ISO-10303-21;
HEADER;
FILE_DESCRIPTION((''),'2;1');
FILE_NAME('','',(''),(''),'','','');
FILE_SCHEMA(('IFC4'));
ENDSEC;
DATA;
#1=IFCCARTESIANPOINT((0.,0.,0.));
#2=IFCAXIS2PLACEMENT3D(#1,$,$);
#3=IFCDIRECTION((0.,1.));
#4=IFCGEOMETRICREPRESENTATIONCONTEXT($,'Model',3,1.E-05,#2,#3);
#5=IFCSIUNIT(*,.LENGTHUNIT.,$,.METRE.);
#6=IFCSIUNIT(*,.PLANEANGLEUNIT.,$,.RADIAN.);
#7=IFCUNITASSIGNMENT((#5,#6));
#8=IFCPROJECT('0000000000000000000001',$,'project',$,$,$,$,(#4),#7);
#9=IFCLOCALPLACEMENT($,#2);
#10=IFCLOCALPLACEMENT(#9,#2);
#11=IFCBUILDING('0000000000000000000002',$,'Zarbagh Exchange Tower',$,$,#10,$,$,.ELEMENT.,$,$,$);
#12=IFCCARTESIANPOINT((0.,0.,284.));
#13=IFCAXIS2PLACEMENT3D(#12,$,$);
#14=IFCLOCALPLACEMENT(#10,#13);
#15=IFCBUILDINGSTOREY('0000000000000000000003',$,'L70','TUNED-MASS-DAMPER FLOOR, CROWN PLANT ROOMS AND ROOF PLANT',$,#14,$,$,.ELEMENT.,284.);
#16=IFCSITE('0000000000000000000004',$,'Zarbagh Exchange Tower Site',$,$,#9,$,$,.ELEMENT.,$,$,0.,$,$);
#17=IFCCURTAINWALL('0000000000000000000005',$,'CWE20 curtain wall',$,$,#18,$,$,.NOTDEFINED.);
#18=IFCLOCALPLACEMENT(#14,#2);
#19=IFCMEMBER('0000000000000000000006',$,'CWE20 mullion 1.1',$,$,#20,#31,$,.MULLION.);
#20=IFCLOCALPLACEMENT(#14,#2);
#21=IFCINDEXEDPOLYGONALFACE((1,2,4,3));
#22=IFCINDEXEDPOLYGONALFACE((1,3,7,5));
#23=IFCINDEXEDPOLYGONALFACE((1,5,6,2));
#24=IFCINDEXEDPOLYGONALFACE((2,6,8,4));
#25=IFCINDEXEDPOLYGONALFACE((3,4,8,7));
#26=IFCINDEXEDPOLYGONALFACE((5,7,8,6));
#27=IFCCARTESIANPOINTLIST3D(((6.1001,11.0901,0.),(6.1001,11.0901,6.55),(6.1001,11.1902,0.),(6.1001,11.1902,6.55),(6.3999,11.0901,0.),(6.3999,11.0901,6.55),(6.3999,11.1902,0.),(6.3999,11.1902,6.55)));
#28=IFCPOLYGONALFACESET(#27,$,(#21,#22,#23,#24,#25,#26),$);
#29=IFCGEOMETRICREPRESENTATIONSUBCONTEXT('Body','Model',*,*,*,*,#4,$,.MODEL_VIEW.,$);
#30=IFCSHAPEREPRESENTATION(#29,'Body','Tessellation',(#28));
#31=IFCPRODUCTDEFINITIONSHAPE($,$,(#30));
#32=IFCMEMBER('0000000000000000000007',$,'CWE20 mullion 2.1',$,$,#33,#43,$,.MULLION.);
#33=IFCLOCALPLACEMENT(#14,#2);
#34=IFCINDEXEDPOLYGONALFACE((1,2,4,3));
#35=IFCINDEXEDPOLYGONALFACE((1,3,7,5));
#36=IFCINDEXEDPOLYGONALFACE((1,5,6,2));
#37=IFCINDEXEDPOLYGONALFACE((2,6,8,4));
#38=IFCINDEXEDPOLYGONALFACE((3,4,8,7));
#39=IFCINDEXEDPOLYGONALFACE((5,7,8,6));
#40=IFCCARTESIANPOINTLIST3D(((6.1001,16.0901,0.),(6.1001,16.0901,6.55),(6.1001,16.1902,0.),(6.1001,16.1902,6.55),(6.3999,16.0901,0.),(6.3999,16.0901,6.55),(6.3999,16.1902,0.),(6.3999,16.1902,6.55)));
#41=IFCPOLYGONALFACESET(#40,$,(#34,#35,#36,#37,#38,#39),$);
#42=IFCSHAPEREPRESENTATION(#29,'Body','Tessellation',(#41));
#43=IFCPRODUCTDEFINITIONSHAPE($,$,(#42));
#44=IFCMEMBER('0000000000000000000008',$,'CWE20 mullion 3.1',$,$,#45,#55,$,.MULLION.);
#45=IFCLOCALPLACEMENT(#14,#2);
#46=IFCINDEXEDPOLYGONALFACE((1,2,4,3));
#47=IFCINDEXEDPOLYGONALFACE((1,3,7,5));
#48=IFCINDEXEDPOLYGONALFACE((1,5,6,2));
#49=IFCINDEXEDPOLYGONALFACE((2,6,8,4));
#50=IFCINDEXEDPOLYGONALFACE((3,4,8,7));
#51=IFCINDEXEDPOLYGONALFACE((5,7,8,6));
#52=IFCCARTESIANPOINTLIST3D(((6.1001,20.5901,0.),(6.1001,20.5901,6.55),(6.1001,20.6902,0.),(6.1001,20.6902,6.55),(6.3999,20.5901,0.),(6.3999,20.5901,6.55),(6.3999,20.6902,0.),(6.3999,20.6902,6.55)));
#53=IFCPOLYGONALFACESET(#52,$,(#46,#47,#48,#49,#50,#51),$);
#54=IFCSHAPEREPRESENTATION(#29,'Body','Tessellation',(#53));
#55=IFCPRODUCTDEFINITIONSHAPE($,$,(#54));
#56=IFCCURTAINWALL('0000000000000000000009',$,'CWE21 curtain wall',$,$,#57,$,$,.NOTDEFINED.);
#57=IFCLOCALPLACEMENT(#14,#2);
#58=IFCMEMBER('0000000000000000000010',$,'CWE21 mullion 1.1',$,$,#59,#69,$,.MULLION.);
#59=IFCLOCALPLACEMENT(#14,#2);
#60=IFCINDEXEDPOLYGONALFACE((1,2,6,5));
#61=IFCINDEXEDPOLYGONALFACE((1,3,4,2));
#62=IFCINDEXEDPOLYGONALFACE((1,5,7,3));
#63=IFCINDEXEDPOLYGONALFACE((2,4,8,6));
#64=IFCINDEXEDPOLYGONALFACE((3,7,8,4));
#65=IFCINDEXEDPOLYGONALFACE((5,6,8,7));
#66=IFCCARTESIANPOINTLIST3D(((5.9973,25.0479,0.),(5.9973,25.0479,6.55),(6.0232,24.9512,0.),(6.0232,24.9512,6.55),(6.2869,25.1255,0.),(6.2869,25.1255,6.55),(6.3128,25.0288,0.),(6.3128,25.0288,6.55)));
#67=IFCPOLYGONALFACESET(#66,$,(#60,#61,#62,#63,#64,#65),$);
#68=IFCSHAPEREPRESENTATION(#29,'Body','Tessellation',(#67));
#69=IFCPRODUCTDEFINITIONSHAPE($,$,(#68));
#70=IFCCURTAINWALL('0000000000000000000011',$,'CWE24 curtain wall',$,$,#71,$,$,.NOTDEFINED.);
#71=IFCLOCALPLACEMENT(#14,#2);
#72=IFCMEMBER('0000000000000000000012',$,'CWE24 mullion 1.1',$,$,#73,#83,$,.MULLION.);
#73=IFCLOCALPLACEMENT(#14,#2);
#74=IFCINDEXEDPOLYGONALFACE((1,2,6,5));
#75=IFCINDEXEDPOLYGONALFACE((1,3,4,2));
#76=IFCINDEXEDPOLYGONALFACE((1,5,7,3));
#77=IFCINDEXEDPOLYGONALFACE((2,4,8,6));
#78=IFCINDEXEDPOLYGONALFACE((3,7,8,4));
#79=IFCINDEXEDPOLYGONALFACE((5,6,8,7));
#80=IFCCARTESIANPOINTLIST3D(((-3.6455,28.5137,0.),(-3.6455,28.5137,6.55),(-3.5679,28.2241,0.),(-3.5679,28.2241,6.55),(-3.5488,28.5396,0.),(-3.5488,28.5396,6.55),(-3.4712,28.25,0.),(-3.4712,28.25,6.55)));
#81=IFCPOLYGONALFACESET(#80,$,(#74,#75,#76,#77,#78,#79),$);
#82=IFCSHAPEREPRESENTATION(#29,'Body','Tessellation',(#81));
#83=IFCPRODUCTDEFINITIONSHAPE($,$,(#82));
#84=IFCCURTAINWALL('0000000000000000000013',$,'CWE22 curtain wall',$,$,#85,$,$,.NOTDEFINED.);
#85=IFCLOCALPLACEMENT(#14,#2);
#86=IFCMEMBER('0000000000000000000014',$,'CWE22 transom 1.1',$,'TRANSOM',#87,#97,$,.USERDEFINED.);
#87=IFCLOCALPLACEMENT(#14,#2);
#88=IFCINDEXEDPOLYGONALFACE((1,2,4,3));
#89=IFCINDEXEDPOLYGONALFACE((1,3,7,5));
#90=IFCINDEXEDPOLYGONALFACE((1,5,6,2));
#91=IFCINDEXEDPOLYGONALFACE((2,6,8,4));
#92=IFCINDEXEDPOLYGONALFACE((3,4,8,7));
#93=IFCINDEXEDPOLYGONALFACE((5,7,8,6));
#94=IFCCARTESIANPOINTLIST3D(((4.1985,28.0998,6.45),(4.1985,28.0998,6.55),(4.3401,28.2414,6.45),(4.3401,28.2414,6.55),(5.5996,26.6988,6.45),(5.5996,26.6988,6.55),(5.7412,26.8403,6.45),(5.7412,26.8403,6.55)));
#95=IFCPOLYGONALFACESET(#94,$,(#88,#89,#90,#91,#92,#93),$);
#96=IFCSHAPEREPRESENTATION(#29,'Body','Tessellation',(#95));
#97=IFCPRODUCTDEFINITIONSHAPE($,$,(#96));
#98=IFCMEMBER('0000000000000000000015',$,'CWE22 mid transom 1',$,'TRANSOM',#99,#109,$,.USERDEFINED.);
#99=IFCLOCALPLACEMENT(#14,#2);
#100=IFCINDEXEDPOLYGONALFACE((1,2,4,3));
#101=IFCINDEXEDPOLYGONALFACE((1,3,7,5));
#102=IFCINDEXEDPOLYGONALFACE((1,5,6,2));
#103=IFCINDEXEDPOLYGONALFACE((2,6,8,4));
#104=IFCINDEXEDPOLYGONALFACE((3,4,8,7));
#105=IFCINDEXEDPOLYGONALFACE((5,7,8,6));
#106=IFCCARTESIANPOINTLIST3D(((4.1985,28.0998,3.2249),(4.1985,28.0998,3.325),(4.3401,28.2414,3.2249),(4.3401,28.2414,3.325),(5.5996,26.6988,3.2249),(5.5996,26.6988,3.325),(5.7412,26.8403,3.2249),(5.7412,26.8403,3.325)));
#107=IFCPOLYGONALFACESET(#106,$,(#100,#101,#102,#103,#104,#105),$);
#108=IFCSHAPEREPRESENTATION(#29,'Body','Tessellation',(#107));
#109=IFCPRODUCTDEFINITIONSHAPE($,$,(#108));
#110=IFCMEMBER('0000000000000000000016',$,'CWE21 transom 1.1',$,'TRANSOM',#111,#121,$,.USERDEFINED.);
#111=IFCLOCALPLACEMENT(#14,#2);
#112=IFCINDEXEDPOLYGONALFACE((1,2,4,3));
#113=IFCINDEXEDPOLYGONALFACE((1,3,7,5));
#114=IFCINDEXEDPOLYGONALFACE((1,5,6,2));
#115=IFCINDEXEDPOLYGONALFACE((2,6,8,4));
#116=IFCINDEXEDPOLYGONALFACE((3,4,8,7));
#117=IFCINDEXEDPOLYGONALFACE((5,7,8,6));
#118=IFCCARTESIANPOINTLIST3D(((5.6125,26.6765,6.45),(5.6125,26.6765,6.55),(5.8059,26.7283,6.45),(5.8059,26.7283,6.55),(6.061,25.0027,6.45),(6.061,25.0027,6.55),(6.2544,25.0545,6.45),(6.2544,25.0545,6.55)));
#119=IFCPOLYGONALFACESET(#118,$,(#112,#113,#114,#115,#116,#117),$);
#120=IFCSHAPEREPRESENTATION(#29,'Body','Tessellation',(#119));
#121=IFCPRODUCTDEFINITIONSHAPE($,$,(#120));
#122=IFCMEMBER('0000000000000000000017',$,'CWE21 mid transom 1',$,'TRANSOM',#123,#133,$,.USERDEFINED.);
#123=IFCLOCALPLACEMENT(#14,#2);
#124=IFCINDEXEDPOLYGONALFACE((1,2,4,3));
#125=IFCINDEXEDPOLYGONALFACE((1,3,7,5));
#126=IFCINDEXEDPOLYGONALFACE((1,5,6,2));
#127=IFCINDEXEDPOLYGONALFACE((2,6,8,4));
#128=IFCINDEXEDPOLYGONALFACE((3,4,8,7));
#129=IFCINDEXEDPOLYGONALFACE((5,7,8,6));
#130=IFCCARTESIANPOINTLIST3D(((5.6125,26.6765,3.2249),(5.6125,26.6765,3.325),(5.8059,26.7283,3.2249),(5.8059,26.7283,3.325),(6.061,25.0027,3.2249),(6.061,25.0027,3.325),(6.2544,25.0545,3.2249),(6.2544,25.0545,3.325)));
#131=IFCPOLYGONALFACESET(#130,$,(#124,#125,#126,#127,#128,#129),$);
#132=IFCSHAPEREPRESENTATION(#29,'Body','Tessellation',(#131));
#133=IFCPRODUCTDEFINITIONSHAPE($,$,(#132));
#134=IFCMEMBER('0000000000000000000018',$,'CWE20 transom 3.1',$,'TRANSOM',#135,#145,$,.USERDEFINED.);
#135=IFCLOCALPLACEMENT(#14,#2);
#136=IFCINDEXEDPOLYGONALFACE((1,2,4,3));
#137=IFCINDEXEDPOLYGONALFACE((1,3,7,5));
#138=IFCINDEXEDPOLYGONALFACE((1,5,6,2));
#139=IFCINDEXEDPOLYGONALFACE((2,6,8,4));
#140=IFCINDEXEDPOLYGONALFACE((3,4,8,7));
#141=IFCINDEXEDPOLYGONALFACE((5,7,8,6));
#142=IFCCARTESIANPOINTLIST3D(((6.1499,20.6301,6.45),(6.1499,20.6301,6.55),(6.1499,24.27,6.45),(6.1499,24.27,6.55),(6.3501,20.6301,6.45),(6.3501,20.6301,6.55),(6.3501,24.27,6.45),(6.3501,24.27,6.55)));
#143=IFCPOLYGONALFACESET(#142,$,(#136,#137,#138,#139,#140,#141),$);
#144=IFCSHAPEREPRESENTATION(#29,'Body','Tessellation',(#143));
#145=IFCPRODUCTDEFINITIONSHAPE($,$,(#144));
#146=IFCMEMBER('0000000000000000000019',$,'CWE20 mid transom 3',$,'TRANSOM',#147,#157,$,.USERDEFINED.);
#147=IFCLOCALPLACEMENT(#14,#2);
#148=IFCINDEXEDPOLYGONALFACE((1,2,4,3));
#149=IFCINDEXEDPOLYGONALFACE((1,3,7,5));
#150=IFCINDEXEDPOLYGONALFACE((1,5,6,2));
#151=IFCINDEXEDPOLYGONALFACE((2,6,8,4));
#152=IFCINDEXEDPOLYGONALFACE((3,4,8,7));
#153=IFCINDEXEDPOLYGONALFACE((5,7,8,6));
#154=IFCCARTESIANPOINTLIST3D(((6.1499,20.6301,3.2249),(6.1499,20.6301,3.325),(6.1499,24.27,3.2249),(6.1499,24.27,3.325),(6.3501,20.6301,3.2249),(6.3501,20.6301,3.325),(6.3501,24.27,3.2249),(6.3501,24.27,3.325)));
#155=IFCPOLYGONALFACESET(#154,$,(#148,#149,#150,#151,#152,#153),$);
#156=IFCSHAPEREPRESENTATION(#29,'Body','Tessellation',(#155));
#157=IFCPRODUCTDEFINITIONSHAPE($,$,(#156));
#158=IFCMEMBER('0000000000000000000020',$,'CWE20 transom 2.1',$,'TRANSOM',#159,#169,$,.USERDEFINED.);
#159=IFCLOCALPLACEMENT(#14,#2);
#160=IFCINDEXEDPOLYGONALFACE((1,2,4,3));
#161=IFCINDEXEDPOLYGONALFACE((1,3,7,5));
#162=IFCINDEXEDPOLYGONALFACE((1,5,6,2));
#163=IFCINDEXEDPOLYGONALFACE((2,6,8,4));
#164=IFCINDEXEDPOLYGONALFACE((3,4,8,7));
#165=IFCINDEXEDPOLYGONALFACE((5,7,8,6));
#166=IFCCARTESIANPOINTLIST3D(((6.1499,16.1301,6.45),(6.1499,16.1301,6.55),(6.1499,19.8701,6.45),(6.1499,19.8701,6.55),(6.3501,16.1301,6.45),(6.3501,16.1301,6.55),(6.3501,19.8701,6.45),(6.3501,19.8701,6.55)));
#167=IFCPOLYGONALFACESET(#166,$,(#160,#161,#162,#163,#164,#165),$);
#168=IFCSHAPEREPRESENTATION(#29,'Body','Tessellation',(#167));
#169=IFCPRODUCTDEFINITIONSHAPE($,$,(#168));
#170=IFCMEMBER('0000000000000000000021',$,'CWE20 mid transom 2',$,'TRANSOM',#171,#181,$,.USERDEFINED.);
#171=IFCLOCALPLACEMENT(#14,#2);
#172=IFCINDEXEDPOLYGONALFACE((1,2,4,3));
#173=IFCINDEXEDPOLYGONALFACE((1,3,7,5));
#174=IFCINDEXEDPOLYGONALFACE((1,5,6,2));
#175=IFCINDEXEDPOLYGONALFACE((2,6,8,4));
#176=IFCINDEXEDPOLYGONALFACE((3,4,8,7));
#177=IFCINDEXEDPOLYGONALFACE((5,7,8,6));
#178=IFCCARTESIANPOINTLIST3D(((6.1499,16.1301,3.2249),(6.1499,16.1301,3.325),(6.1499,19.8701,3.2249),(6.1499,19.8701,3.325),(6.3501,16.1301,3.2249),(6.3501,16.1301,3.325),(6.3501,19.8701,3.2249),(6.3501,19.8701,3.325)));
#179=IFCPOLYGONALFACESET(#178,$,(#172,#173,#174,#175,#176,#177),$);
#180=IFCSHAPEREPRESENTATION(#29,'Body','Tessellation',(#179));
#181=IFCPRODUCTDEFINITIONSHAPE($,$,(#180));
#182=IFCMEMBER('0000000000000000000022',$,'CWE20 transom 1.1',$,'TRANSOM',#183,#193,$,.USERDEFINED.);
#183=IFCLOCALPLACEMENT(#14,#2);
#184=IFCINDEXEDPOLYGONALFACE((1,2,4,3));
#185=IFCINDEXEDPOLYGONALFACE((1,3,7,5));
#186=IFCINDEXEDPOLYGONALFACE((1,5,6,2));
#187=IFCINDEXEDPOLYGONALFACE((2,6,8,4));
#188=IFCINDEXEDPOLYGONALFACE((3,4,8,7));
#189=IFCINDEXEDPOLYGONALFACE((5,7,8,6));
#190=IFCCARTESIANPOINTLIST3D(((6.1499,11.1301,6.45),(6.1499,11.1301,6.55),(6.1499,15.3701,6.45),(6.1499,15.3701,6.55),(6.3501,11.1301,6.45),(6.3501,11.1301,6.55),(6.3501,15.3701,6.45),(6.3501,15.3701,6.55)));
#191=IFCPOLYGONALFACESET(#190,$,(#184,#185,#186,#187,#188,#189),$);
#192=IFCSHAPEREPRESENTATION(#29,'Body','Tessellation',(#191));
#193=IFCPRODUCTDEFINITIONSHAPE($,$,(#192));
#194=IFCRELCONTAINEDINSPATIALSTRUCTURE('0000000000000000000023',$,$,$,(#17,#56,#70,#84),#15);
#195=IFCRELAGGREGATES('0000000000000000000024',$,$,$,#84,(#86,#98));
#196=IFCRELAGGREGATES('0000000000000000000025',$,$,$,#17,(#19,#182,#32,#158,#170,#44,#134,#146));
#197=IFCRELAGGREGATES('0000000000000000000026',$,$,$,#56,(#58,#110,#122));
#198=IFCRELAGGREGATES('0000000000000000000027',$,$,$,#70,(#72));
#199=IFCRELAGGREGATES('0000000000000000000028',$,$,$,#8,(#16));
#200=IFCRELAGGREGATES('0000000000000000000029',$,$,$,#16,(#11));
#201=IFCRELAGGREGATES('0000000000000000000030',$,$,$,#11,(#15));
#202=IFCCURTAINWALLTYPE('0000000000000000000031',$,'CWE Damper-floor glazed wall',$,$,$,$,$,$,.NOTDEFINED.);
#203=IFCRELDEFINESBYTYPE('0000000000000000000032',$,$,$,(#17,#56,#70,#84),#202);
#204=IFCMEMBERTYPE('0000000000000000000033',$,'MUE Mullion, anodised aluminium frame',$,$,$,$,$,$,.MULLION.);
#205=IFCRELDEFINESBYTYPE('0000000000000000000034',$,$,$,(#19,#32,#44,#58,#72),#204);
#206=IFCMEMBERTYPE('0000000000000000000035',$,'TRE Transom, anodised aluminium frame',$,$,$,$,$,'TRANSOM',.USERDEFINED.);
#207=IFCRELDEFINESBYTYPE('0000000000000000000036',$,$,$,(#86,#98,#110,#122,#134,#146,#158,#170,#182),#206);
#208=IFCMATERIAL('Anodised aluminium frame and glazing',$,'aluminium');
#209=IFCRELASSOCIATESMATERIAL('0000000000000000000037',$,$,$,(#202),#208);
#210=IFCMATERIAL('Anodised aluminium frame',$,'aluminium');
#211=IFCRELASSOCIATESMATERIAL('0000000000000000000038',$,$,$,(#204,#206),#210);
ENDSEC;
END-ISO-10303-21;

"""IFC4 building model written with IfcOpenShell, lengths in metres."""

from ifc_helpers import new_model, si_unit, direction, frame, origin, place, context, subcontext, project, spatial, polyline, outline, extrude, source, transform, mapped, material, type_object, element, aggregate, save


model = new_model("IFC4")

# Units and contexts
model_context = context("Model", 3, precision=1e-05, world=origin(), true_north=direction((0.0, 1.0)))
body_context = subcontext(model_context, "Body", "Model", "MODEL_VIEW")
ifc_project = project(units=[si_unit("LENGTHUNIT", "METRE"), si_unit("PLANEANGLEUNIT", "RADIAN")], contexts=[model_context])

# Site, building, storey
site_placement = place(None, origin())
site = spatial("IfcSite", under=ifc_project, at=site_placement, Name="Zarbagh Exchange Tower Site", CompositionType="ELEMENT", RefElevation=0.0)
building_placement = place(site_placement, origin())
building = spatial("IfcBuilding", under=site, at=building_placement, Name="Zarbagh Exchange Tower", CompositionType="ELEMENT")
storey_placement = place(building_placement, frame((0.0, 0.0, 284.0)))
storey = spatial("IfcBuildingStorey", under=building, at=storey_placement, Name="L70", Description="TUNED-MASS-DAMPER FLOOR, CROWN PLANT ROOMS AND ROOF PLANT", CompositionType="ELEMENT", Elevation=284.0)

# Curtain wall, members
ifc_material_1 = material(Name="Anodised aluminium frame and glazing", Category="aluminium")
curtain_wall_type = type_object("IfcCurtainWallType", Name="CWE Damper-floor glazed wall", PredefinedType="NOTDEFINED", material=ifc_material_1)
curtain_wall_1_placement = place(storey_placement, origin())
curtain_wall_1 = element("IfcCurtainWall", 1, at=curtain_wall_1_placement, inside=storey, type_object=curtain_wall_type, Name="CWE20 curtain wall", PredefinedType="NOTDEFINED")
ifc_material_2 = material(Name="Anodised aluminium frame", Category="aluminium")
member_type_1 = type_object("IfcMemberType", Name="MUE Mullion, anodised aluminium frame", PredefinedType="MULLION", material=ifc_material_2)
shared_shape_1 = source(origin(), body_context, "Body", "SweptSolid", [
    extrude(outline(polyline([(0.0, -0.1499), (0.1001, -0.1499), (0.1001, 0.1499), (0.0, 0.1499), (0.0, -0.1499)])), origin(), (0.0, 0.0, 1.0), 6.55),
])
placement = place(storey_placement, origin())
member_1 = element("IfcMember", 2, at=placement, type_object=member_type_1, Name="CWE20 mullion 1.1", PredefinedType="MULLION", context=body_context, shape_type="MappedRepresentation", body=[
    mapped(shared_shape_1, transform((6.25, 11.0901, 0.0), x_axis=(0.0, 1.0, 0.0), y_axis=(-1.0, 0.0, 0.0), z_axis=(0.0, 0.0, 1.0))),
])
member_2 = element("IfcMember", 3, at=placement, type_object=member_type_1, Name="CWE20 mullion 2.1", PredefinedType="MULLION", context=body_context, shape_type="MappedRepresentation", body=[
    mapped(shared_shape_1, transform((6.25, 16.0901, 0.0), x_axis=(0.0, 1.0, 0.0), y_axis=(-1.0, 0.0, 0.0), z_axis=(0.0, 0.0, 1.0))),
])
member_3 = element("IfcMember", 4, at=placement, type_object=member_type_1, Name="CWE20 mullion 3.1", PredefinedType="MULLION", context=body_context, shape_type="MappedRepresentation", body=[
    mapped(shared_shape_1, transform((6.25, 20.5901, 0.0), x_axis=(0.0, 1.0, 0.0), y_axis=(-1.0, 0.0, 0.0), z_axis=(0.0, 0.0, 1.0))),
])

# Curtain walls, members
curtain_wall_2_placement = place(storey_placement, origin())
curtain_wall_2 = element("IfcCurtainWall", 5, at=curtain_wall_2_placement, inside=storey, type_object=curtain_wall_type, Name="CWE21 curtain wall", PredefinedType="NOTDEFINED")
member_4 = element("IfcMember", 6, at=placement, type_object=member_type_1, Name="CWE21 mullion 1.1", PredefinedType="MULLION", context=body_context, shape_type="MappedRepresentation", body=[
    mapped(shared_shape_1, transform((6.168, 24.99, 0.0), x_axis=(-0.258825, 0.965924, 0.0), y_axis=(-0.965924, -0.258825, 0.0), z_axis=(0.0, 0.0, 1.0))),
])
curtain_wall_3_placement = place(storey_placement, origin())
curtain_wall_3 = element("IfcCurtainWall", 7, at=curtain_wall_3_placement, inside=storey, type_object=curtain_wall_type, Name="CWE24 curtain wall", PredefinedType="NOTDEFINED")
member_5 = element("IfcMember", 8, at=placement, type_object=member_type_1, Name="CWE24 mullion 1.1", PredefinedType="MULLION", context=body_context, shape_type="MappedRepresentation", body=[
    mapped(shared_shape_1, transform((-3.51, 28.3948, 0.0), x_axis=(-0.965924, -0.258825, 0.0), y_axis=(0.258825, -0.965924, 0.0), z_axis=(0.0, 0.0, 1.0))),
])

# Curtain wall, members
curtain_wall_4_placement = place(storey_placement, origin())
curtain_wall_4 = element("IfcCurtainWall", 9, at=curtain_wall_4_placement, inside=storey, type_object=curtain_wall_type, Name="CWE22 curtain wall", PredefinedType="NOTDEFINED")
member_type_2 = type_object("IfcMemberType", Name="TRE Transom, anodised aluminium frame", ElementType="TRANSOM", PredefinedType="USERDEFINED", material=ifc_material_2)
shared_shape_2 = source(origin(), body_context, "Body", "SweptSolid", [
    extrude(outline(polyline([(-0.1001, -0.1001), (0.0, -0.1001), (0.0, 0.1001), (-0.1001, 0.1001), (-0.1001, -0.1001)])), origin(), (0.0, 0.0, 1.0), 1.9814),
])
member_6 = element("IfcMember", 10, at=placement, type_object=member_type_2, Name="CWE22 transom 1.1", ObjectType="TRANSOM", PredefinedType="USERDEFINED", context=body_context, shape_type="MappedRepresentation", body=[
    mapped(shared_shape_2, transform((5.6704, 26.7695, 6.55), x_axis=(0.0, 0.0, 1.0), y_axis=(0.707107, 0.707107, 0.0), z_axis=(-0.707107, 0.707107, 0.0))),
])
shared_shape_3 = source(origin(), body_context, "Body", "SweptSolid", [
    extrude(outline(polyline([(-0.05, -0.1001), (0.05, -0.1001), (0.05, 0.1001), (-0.05, 0.1001), (-0.05, -0.1001)])), origin(), (0.0, 0.0, 1.0), 1.9814),
])
member_7 = element("IfcMember", 11, at=placement, type_object=member_type_2, Name="CWE22 mid transom 1", ObjectType="TRANSOM", PredefinedType="USERDEFINED", context=body_context, shape_type="MappedRepresentation", body=[
    mapped(shared_shape_3, transform((5.6704, 26.7695, 3.2749), x_axis=(0.0, 0.0, 1.0), y_axis=(0.707107, 0.707107, 0.0), z_axis=(-0.707107, 0.707107, 0.0))),
])

# Members
shared_shape_4 = source(origin(), body_context, "Body", "SweptSolid", [
    extrude(outline(polyline([(-0.1001, -0.1001), (0.0, -0.1001), (0.0, 0.1001), (-0.1001, 0.1001), (-0.1001, -0.1001)])), origin(), (0.0, 0.0, 1.0), 1.7329),
])
member_8 = element("IfcMember", 12, at=placement, type_object=member_type_2, Name="CWE21 transom 1.1", ObjectType="TRANSOM", PredefinedType="USERDEFINED", context=body_context, shape_type="MappedRepresentation", body=[
    mapped(shared_shape_4, transform((6.1577, 25.0286, 6.55), x_axis=(0.0, 0.0, 1.0), y_axis=(0.965924, 0.258825, 0.0), z_axis=(-0.258825, 0.965924, 0.0))),
])
shared_shape_5 = source(origin(), body_context, "Body", "SweptSolid", [
    extrude(outline(polyline([(-0.05, -0.1001), (0.05, -0.1001), (0.05, 0.1001), (-0.05, 0.1001), (-0.05, -0.1001)])), origin(), (0.0, 0.0, 1.0), 1.7329),
])
member_9 = element("IfcMember", 13, at=placement, type_object=member_type_2, Name="CWE21 mid transom 1", ObjectType="TRANSOM", PredefinedType="USERDEFINED", context=body_context, shape_type="MappedRepresentation", body=[
    mapped(shared_shape_5, transform((6.1577, 25.0286, 3.2749), x_axis=(0.0, 0.0, 1.0), y_axis=(0.965924, 0.258825, 0.0), z_axis=(-0.258825, 0.965924, 0.0))),
])
shared_shape_6 = source(origin(), body_context, "Body", "SweptSolid", [
    extrude(outline(polyline([(-0.1001, -0.1001), (0.0, -0.1001), (0.0, 0.1001), (-0.1001, 0.1001), (-0.1001, -0.1001)])), origin(), (0.0, 0.0, 1.0), 3.6399),
])
member_10 = element("IfcMember", 14, at=placement, type_object=member_type_2, Name="CWE20 transom 3.1", ObjectType="TRANSOM", PredefinedType="USERDEFINED", context=body_context, shape_type="MappedRepresentation", body=[
    mapped(shared_shape_6, transform((6.25, 20.6301, 6.55), x_axis=(0.0, 0.0, 1.0), y_axis=(1.0, 0.0, 0.0), z_axis=(0.0, 1.0, 0.0))),
])
shared_shape_7 = source(origin(), body_context, "Body", "SweptSolid", [
    extrude(outline(polyline([(-0.05, -0.1001), (0.05, -0.1001), (0.05, 0.1001), (-0.05, 0.1001), (-0.05, -0.1001)])), origin(), (0.0, 0.0, 1.0), 3.6399),
])
member_11 = element("IfcMember", 15, at=placement, type_object=member_type_2, Name="CWE20 mid transom 3", ObjectType="TRANSOM", PredefinedType="USERDEFINED", context=body_context, shape_type="MappedRepresentation", body=[
    mapped(shared_shape_7, transform((6.25, 20.6301, 3.2749), x_axis=(0.0, 0.0, 1.0), y_axis=(1.0, 0.0, 0.0), z_axis=(0.0, 1.0, 0.0))),
])
shared_shape_8 = source(origin(), body_context, "Body", "SweptSolid", [
    extrude(outline(polyline([(-0.1001, -0.1001), (0.0, -0.1001), (0.0, 0.1001), (-0.1001, 0.1001), (-0.1001, -0.1001)])), origin(), (0.0, 0.0, 1.0), 3.74),
])
member_12 = element("IfcMember", 16, at=placement, type_object=member_type_2, Name="CWE20 transom 2.1", ObjectType="TRANSOM", PredefinedType="USERDEFINED", context=body_context, shape_type="MappedRepresentation", body=[
    mapped(shared_shape_8, transform((6.25, 16.1301, 6.55), x_axis=(0.0, 0.0, 1.0), y_axis=(1.0, 0.0, 0.0), z_axis=(0.0, 1.0, 0.0))),
])
shared_shape_9 = source(origin(), body_context, "Body", "SweptSolid", [
    extrude(outline(polyline([(-0.05, -0.1001), (0.05, -0.1001), (0.05, 0.1001), (-0.05, 0.1001), (-0.05, -0.1001)])), origin(), (0.0, 0.0, 1.0), 3.74),
])
member_13 = element("IfcMember", 17, at=placement, type_object=member_type_2, Name="CWE20 mid transom 2", ObjectType="TRANSOM", PredefinedType="USERDEFINED", context=body_context, shape_type="MappedRepresentation", body=[
    mapped(shared_shape_9, transform((6.25, 16.1301, 3.2749), x_axis=(0.0, 0.0, 1.0), y_axis=(1.0, 0.0, 0.0), z_axis=(0.0, 1.0, 0.0))),
])
shared_shape_10 = source(origin(), body_context, "Body", "SweptSolid", [
    extrude(outline(polyline([(-0.1001, -0.1001), (0.0, -0.1001), (0.0, 0.1001), (-0.1001, 0.1001), (-0.1001, -0.1001)])), origin(), (0.0, 0.0, 1.0), 4.24),
])
member_14 = element("IfcMember", 18, at=placement, type_object=member_type_2, Name="CWE20 transom 1.1", ObjectType="TRANSOM", PredefinedType="USERDEFINED", context=body_context, shape_type="MappedRepresentation", body=[
    mapped(shared_shape_10, transform((6.25, 11.1301, 6.55), x_axis=(0.0, 0.0, 1.0), y_axis=(1.0, 0.0, 0.0), z_axis=(0.0, 1.0, 0.0))),
])

aggregate(curtain_wall_4, [member_6, member_7])
aggregate(curtain_wall_1, [member_1, member_14, member_2, member_12, member_13, member_3, member_10, member_11])
aggregate(curtain_wall_2, [member_4, member_8, member_9])
aggregate(curtain_wall_3, [member_5])

save(model, "model.ifc")
